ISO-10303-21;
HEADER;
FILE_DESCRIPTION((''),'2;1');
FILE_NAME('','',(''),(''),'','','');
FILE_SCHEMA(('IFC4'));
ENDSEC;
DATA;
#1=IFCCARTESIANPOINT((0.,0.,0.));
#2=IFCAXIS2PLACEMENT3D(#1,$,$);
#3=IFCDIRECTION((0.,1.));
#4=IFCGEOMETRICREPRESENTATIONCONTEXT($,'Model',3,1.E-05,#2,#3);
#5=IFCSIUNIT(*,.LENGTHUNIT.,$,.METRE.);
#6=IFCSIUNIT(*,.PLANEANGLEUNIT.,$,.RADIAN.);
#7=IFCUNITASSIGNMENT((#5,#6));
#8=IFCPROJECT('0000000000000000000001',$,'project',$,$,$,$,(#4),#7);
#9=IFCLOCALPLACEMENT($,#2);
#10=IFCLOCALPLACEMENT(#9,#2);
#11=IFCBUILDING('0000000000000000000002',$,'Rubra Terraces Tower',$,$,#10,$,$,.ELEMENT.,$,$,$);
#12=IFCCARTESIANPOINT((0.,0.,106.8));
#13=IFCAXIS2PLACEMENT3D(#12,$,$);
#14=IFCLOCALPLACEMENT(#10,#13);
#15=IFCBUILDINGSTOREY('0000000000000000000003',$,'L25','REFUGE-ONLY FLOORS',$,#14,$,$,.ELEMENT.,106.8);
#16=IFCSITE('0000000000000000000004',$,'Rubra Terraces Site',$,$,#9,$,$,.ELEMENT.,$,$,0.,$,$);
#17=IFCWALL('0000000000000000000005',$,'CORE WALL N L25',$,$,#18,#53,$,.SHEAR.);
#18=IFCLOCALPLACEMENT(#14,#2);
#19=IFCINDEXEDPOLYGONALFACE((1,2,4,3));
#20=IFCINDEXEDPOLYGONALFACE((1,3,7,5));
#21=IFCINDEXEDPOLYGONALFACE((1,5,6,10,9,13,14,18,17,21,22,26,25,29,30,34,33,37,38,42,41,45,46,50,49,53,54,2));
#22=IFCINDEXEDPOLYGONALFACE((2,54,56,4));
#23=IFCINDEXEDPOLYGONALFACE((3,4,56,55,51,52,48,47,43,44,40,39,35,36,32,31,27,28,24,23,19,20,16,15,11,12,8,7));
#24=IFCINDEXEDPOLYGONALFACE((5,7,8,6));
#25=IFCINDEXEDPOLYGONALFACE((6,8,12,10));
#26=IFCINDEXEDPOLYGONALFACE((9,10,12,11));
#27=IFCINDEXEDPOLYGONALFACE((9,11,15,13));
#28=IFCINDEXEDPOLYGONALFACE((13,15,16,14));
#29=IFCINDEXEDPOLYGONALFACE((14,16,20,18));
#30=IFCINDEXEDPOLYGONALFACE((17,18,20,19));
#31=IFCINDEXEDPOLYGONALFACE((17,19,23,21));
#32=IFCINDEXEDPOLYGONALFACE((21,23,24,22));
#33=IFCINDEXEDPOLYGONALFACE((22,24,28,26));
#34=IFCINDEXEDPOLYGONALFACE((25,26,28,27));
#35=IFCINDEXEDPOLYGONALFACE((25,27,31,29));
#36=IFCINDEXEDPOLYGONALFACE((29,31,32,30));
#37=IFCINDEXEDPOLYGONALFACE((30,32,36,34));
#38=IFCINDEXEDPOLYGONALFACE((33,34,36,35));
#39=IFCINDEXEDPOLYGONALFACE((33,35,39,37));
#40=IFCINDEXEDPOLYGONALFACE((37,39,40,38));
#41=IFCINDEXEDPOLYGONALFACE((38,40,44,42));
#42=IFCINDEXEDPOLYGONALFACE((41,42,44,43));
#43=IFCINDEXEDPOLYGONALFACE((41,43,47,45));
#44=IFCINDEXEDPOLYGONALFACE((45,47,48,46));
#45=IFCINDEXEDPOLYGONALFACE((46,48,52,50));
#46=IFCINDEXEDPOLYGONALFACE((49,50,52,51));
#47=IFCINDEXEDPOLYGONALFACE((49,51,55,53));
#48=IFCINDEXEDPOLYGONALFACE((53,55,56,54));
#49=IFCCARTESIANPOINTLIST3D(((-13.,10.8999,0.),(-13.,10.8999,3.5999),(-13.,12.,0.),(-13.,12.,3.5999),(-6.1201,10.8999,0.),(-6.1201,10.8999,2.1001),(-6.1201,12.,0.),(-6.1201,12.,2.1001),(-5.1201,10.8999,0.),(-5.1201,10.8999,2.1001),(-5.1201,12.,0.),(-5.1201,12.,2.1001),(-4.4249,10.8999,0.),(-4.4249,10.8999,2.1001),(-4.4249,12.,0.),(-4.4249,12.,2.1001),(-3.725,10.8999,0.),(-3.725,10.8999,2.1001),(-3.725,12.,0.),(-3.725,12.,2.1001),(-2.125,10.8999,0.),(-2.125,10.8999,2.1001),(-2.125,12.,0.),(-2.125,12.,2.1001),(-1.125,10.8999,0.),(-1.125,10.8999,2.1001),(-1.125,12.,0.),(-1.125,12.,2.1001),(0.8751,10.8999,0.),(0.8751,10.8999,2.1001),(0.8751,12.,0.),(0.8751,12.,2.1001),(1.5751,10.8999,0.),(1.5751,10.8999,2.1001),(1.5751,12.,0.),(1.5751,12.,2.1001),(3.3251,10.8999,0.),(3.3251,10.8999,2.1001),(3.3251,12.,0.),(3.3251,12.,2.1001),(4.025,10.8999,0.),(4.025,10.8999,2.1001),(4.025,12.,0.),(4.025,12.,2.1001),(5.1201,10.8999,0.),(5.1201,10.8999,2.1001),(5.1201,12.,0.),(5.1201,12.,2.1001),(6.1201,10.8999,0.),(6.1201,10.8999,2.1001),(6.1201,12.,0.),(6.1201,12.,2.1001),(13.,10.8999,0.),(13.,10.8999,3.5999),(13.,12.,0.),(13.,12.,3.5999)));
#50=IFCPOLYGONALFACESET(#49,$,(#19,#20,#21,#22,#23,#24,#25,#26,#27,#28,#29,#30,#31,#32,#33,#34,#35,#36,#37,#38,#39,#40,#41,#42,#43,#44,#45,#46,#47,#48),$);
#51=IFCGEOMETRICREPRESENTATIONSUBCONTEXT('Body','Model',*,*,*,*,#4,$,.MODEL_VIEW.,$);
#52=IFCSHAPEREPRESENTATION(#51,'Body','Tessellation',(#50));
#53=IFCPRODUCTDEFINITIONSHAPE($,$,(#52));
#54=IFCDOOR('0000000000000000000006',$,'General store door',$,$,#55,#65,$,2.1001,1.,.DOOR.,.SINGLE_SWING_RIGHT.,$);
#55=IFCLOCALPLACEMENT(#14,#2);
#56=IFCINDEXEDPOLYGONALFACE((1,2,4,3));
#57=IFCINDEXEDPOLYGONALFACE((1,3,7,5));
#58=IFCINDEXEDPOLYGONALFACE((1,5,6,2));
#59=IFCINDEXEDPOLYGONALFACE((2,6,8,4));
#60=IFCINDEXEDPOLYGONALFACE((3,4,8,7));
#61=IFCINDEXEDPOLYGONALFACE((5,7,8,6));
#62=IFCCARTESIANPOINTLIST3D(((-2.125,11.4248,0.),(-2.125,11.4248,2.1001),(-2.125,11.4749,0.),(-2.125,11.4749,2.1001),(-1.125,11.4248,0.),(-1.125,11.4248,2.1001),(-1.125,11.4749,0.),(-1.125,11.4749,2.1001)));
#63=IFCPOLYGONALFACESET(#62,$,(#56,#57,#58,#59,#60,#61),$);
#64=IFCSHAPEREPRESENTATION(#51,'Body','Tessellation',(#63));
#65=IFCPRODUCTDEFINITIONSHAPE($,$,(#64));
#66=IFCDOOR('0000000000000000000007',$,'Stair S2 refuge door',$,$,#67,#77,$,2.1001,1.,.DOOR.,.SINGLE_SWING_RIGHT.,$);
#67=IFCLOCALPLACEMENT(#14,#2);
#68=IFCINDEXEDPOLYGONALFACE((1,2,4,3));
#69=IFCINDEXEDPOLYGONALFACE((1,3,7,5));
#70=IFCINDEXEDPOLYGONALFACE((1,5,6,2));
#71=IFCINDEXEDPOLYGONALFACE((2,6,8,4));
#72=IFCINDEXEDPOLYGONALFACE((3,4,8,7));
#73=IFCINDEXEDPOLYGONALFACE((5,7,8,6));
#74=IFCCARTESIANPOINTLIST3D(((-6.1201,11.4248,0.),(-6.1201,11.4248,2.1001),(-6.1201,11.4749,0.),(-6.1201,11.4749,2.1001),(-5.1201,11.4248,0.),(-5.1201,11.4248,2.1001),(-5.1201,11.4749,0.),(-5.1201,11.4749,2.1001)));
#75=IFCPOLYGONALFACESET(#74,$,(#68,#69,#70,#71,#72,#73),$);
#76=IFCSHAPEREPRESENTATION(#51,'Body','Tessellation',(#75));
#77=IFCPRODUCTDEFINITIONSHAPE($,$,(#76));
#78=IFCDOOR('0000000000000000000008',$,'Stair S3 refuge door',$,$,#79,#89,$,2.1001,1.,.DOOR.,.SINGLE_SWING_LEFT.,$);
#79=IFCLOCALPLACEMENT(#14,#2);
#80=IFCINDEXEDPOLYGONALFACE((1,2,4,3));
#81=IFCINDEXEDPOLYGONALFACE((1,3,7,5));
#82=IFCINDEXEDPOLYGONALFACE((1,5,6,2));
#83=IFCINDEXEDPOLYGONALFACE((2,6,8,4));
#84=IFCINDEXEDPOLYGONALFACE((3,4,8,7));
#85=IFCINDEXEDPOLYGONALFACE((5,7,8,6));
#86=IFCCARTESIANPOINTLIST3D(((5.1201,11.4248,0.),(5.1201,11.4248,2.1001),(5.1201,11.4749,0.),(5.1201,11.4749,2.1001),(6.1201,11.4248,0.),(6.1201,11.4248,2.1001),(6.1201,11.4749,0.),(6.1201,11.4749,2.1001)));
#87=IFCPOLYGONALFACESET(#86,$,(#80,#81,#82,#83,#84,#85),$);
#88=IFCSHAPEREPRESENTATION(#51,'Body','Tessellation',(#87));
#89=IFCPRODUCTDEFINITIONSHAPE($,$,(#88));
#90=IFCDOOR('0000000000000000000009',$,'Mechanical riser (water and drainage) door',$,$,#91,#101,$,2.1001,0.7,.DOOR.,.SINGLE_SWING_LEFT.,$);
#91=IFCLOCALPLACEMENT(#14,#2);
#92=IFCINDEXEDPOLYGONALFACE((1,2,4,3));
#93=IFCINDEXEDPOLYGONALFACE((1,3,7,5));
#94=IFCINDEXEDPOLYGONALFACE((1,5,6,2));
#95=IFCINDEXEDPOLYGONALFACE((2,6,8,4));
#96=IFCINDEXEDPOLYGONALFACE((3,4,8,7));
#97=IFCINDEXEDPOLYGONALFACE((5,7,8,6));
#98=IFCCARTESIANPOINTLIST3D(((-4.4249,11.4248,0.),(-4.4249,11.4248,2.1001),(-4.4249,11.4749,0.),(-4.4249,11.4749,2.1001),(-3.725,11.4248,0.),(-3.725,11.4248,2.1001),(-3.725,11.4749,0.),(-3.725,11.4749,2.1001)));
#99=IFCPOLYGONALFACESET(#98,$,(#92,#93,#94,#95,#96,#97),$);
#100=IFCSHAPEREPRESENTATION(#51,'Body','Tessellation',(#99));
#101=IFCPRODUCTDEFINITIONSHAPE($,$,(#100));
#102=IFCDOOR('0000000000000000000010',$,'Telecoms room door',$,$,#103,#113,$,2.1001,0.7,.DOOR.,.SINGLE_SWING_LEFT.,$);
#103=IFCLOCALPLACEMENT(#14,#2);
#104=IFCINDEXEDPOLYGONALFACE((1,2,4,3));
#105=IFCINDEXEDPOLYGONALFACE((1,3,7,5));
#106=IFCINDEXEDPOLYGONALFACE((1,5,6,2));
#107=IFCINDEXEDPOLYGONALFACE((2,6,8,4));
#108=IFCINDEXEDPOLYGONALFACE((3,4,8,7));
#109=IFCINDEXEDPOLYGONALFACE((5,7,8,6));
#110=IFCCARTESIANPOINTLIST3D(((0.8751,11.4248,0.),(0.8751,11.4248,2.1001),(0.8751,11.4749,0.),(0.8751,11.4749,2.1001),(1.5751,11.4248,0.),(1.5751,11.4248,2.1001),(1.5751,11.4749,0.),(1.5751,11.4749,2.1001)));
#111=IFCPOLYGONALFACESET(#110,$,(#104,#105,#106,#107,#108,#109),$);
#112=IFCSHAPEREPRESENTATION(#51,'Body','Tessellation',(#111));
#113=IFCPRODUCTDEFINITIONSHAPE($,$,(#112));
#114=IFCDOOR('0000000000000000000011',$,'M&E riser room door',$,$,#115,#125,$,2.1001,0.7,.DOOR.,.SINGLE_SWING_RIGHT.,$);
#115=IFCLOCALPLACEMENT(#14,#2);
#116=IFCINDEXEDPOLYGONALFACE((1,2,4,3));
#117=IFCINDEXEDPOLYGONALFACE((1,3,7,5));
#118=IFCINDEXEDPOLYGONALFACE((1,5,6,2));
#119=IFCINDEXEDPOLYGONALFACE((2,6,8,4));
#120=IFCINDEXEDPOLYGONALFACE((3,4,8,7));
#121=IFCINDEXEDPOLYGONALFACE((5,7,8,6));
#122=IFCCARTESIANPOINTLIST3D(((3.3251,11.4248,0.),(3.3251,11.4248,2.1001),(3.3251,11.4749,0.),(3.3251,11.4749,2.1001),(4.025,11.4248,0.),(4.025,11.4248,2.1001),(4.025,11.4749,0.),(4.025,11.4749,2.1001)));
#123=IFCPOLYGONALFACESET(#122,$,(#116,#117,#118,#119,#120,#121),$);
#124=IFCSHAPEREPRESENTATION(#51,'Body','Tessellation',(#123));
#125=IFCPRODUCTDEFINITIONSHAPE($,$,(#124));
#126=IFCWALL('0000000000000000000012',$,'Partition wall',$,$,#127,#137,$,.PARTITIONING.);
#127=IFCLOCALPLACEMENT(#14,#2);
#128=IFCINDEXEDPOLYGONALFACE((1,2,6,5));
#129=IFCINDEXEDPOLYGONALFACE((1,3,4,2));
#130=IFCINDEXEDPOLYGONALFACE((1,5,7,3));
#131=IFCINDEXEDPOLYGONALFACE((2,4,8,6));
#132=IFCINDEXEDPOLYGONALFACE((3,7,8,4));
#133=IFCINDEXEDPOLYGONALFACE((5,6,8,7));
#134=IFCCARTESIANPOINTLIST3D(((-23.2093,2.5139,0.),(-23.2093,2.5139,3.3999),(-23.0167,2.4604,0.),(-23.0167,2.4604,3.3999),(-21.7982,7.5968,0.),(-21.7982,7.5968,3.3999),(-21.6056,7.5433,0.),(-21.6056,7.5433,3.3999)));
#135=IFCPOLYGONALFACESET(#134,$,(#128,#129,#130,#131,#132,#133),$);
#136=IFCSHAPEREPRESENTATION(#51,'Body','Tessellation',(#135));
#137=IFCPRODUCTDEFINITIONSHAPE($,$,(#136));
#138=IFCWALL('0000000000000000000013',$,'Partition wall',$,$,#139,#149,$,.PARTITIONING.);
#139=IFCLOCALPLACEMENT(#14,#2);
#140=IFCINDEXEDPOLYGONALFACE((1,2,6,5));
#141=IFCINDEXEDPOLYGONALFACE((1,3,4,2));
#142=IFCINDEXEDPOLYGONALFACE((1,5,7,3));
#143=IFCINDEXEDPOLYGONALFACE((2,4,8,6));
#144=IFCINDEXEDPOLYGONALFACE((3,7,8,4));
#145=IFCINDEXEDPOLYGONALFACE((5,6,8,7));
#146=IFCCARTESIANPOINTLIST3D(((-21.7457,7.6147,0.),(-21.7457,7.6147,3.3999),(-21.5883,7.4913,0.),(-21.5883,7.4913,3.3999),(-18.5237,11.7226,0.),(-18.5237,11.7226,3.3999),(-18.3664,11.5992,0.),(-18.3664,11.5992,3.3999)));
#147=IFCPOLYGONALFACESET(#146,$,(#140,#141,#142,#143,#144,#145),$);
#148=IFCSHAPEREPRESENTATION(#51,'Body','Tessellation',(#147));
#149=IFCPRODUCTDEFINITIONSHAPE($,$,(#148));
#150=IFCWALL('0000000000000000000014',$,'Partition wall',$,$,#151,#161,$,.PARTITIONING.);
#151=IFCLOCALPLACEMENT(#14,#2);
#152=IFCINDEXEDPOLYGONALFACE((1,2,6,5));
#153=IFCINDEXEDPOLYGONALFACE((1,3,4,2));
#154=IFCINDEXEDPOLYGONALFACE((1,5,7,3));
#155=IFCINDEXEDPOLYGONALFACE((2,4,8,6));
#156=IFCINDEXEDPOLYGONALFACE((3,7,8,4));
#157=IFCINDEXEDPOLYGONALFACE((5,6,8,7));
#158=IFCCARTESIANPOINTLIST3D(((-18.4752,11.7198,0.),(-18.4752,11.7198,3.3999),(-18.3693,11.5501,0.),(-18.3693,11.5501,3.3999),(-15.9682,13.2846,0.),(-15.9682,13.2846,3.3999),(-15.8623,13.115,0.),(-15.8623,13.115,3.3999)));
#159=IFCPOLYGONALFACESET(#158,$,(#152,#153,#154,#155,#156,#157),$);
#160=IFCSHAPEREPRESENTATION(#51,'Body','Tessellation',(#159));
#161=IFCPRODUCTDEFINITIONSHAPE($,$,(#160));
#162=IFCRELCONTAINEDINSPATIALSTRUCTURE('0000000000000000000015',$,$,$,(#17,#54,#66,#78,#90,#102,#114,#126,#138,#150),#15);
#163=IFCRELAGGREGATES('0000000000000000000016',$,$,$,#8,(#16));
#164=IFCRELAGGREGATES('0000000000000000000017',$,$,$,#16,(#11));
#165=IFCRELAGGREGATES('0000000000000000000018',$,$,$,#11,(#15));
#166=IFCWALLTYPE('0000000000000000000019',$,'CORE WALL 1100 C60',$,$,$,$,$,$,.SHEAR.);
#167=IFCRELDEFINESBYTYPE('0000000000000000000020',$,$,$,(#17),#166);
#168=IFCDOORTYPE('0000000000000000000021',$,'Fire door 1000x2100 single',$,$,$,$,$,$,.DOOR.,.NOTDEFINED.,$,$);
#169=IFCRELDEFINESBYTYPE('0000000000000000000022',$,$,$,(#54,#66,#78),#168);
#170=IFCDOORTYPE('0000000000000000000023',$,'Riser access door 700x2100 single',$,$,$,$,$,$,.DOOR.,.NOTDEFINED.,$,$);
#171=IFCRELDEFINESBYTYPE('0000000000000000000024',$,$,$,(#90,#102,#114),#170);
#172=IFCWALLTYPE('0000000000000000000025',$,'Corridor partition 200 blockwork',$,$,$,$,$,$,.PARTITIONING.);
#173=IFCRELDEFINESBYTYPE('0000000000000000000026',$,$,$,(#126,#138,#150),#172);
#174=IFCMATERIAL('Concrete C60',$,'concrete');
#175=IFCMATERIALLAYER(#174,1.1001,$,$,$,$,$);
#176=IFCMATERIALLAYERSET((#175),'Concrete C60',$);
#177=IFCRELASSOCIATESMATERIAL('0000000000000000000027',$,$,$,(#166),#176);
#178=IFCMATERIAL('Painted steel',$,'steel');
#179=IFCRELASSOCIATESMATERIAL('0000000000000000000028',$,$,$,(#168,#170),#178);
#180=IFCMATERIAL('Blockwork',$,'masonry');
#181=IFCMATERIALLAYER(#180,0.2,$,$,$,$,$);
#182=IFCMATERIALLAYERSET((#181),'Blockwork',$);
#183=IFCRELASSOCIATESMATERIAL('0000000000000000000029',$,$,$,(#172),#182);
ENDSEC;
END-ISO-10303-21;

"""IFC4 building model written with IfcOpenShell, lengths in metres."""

from ifc_helpers import new_model, si_unit, direction, frame, frame_2d, origin, place, context, subcontext, project, spatial, rectangle, extrude, material, layer, layer_set, type_object, element, fill, save


model = new_model("IFC4")

# Units and contexts
model_context = context("Model", 3, precision=1e-05, world=origin(), true_north=direction((0.0, 1.0)))
body_context = subcontext(model_context, "Body", "Model", "MODEL_VIEW")
ifc_project = project(units=[si_unit("LENGTHUNIT", "METRE"), si_unit("PLANEANGLEUNIT", "RADIAN")], contexts=[model_context])

# Site, building, storey
site_placement = place(None, origin())
site = spatial("IfcSite", under=ifc_project, at=site_placement, Name="Rubra Terraces Site", CompositionType="ELEMENT", RefElevation=0.0)
building_placement = place(site_placement, origin())
building = spatial("IfcBuilding", under=site, at=building_placement, Name="Rubra Terraces Tower", CompositionType="ELEMENT")
storey_placement = place(building_placement, frame((0.0, 0.0, 106.8)))
storey = spatial("IfcBuildingStorey", under=building, at=storey_placement, Name="L25", Description="REFUGE-ONLY FLOORS", CompositionType="ELEMENT", Elevation=106.8)

# Shared definitions
ifc_material_1 = material(Name="Concrete C60", Category="concrete")

# Wall, openings, doors
ifc_layer_1 = layer(ifc_material_1, 1.1001)
ifc_layer_set_1 = layer_set([ifc_layer_1], Name="Concrete C60")
wall_type_1 = type_object("IfcWallType", Name="CORE WALL 1100 C60", PredefinedType="SHEAR", material=ifc_layer_set_1)
wall_1_placement = place(storey_placement, frame((-13.0, 11.45, 0.0), z_axis=(0.0, 0.0, 1.0), x_axis=(1.0, 0.0, 0.0)))
wall_1 = element("IfcWall", 1, at=wall_1_placement, inside=storey, type_object=wall_type_1, Name="CORE WALL N L25", PredefinedType="SHEAR", context=body_context, shape_type="SweptSolid", body=[
    extrude(rectangle(XDim=26.0, YDim=1.1001, at=frame_2d((13.0, 0.0))), origin(), (0.0, 0.0, 1.0), 3.5999),
])
opening_1_placement = place(wall_1_placement, frame((8.575, 0.0, 0.0)))
opening_1 = element("IfcOpeningElement", 2, at=opening_1_placement, cuts=wall_1, PredefinedType="OPENING", context=body_context, shape_type="SweptSolid", body=[
    extrude(rectangle(XDim=0.7, YDim=2.1001, at=frame_2d((0.3501, 1.05))), frame((0.0, 0.5601, 0.0), z_axis=(0.0, -1.0, 0.0), x_axis=(1.0, 0.0, 0.0)), (0.0, 0.0, 1.0), 1.1201),
])
opening_2_placement = place(wall_1_placement, frame((10.875, 0.0, 0.0)))
opening_2 = element("IfcOpeningElement", 3, at=opening_2_placement, cuts=wall_1, PredefinedType="OPENING", context=body_context, shape_type="SweptSolid", body=[
    extrude(rectangle(XDim=1.0, YDim=2.1001, at=frame_2d((0.5, 1.05))), frame((0.0, 0.5601, 0.0), z_axis=(0.0, -1.0, 0.0), x_axis=(1.0, 0.0, 0.0)), (0.0, 0.0, 1.0), 1.1201),
])
opening_3_placement = place(wall_1_placement, frame((13.875, 0.0, 0.0)))
opening_3 = element("IfcOpeningElement", 4, at=opening_3_placement, cuts=wall_1, PredefinedType="OPENING", context=body_context, shape_type="SweptSolid", body=[
    extrude(rectangle(XDim=0.7, YDim=2.1001, at=frame_2d((0.3501, 1.05))), frame((0.0, 0.5601, 0.0), z_axis=(0.0, -1.0, 0.0), x_axis=(1.0, 0.0, 0.0)), (0.0, 0.0, 1.0), 1.1201),
])
opening_4_placement = place(wall_1_placement, frame((16.325, 0.0, 0.0)))
opening_4 = element("IfcOpeningElement", 5, at=opening_4_placement, cuts=wall_1, PredefinedType="OPENING", context=body_context, shape_type="SweptSolid", body=[
    extrude(rectangle(XDim=0.7, YDim=2.1001, at=frame_2d((0.3501, 1.05))), frame((0.0, 0.5601, 0.0), z_axis=(0.0, -1.0, 0.0), x_axis=(1.0, 0.0, 0.0)), (0.0, 0.0, 1.0), 1.1201),
])
opening_5_placement = place(wall_1_placement, frame((6.8799, 0.0, 0.0)))
opening_5 = element("IfcOpeningElement", 6, at=opening_5_placement, cuts=wall_1, PredefinedType="OPENING", context=body_context, shape_type="SweptSolid", body=[
    extrude(rectangle(XDim=1.0, YDim=2.1001, at=frame_2d((0.5, 1.05))), frame((0.0, 0.5601, 0.0), z_axis=(0.0, -1.0, 0.0), x_axis=(1.0, 0.0, 0.0)), (0.0, 0.0, 1.0), 1.1201),
])
opening_6_placement = place(wall_1_placement, frame((18.1201, 0.0, 0.0)))
opening_6 = element("IfcOpeningElement", 7, at=opening_6_placement, cuts=wall_1, PredefinedType="OPENING", context=body_context, shape_type="SweptSolid", body=[
    extrude(rectangle(XDim=1.0, YDim=2.1001, at=frame_2d((0.5, 1.05))), frame((0.0, 0.5601, 0.0), z_axis=(0.0, -1.0, 0.0), x_axis=(1.0, 0.0, 0.0)), (0.0, 0.0, 1.0), 1.1201),
])
ifc_material_2 = material(Name="Painted steel", Category="steel")
door_type_1 = type_object("IfcDoorType", Name="Fire door 1000x2100 single", OperationType="NOTDEFINED", PredefinedType="DOOR", material=ifc_material_2)
door_1_placement = place(opening_2_placement, origin())
door_1 = element("IfcDoor", 8, at=door_1_placement, inside=storey, type_object=door_type_1, Name="General store door", OperationType="SINGLE_SWING_RIGHT", OverallHeight=2.1001, OverallWidth=1.0, PredefinedType="DOOR", context=body_context, shape_type="SweptSolid", body=[
    extrude(rectangle(XDim=1.0, YDim=2.1001, at=frame_2d((0.5, 1.05))), frame((0.0, 0.0249, 0.0), z_axis=(0.0, -1.0, 0.0), x_axis=(1.0, 0.0, 0.0)), (0.0, 0.0, 1.0), 0.05),
])
fill(opening_2, door_1)
door_2_placement = place(opening_5_placement, origin())
door_2 = element("IfcDoor", 9, at=door_2_placement, inside=storey, type_object=door_type_1, Name="Stair S2 refuge door", OperationType="SINGLE_SWING_RIGHT", OverallHeight=2.1001, OverallWidth=1.0, PredefinedType="DOOR", context=body_context, shape_type="SweptSolid", body=[
    extrude(rectangle(XDim=1.0, YDim=2.1001, at=frame_2d((0.5, 1.05))), frame((0.0, 0.0249, 0.0), z_axis=(0.0, -1.0, 0.0), x_axis=(1.0, 0.0, 0.0)), (0.0, 0.0, 1.0), 0.05),
])
fill(opening_5, door_2)
door_3_placement = place(opening_6_placement, origin())
door_3 = element("IfcDoor", 10, at=door_3_placement, inside=storey, type_object=door_type_1, Name="Stair S3 refuge door", OperationType="SINGLE_SWING_LEFT", OverallHeight=2.1001, OverallWidth=1.0, PredefinedType="DOOR", context=body_context, shape_type="SweptSolid", body=[
    extrude(rectangle(XDim=1.0, YDim=2.1001, at=frame_2d((0.5, 1.05))), frame((0.0, 0.0249, 0.0), z_axis=(0.0, -1.0, 0.0), x_axis=(1.0, 0.0, 0.0)), (0.0, 0.0, 1.0), 0.05),
])
fill(opening_6, door_3)
door_type_2 = type_object("IfcDoorType", Name="Riser access door 700x2100 single", OperationType="NOTDEFINED", PredefinedType="DOOR", material=ifc_material_2)
door_4_placement = place(opening_1_placement, origin())
door_4 = element("IfcDoor", 11, at=door_4_placement, inside=storey, type_object=door_type_2, Name="Mechanical riser (water and drainage) door", OperationType="SINGLE_SWING_LEFT", OverallHeight=2.1001, OverallWidth=0.7, PredefinedType="DOOR", context=body_context, shape_type="SweptSolid", body=[
    extrude(rectangle(XDim=0.7, YDim=2.1001, at=frame_2d((0.3501, 1.05))), frame((0.0, 0.0249, 0.0), z_axis=(0.0, -1.0, 0.0), x_axis=(1.0, 0.0, 0.0)), (0.0, 0.0, 1.0), 0.05),
])
fill(opening_1, door_4)
door_5_placement = place(opening_3_placement, origin())
door_5 = element("IfcDoor", 12, at=door_5_placement, inside=storey, type_object=door_type_2, Name="Telecoms room door", OperationType="SINGLE_SWING_LEFT", OverallHeight=2.1001, OverallWidth=0.7, PredefinedType="DOOR", context=body_context, shape_type="SweptSolid", body=[
    extrude(rectangle(XDim=0.7, YDim=2.1001, at=frame_2d((0.3501, 1.05))), frame((0.0, 0.0249, 0.0), z_axis=(0.0, -1.0, 0.0), x_axis=(1.0, 0.0, 0.0)), (0.0, 0.0, 1.0), 0.05),
])
fill(opening_3, door_5)
door_6_placement = place(opening_4_placement, origin())
door_6 = element("IfcDoor", 13, at=door_6_placement, inside=storey, type_object=door_type_2, Name="M&E riser room door", OperationType="SINGLE_SWING_RIGHT", OverallHeight=2.1001, OverallWidth=0.7, PredefinedType="DOOR", context=body_context, shape_type="SweptSolid", body=[
    extrude(rectangle(XDim=0.7, YDim=2.1001, at=frame_2d((0.3501, 1.05))), frame((0.0, 0.0249, 0.0), z_axis=(0.0, -1.0, 0.0), x_axis=(1.0, 0.0, 0.0)), (0.0, 0.0, 1.0), 0.05),
])
fill(opening_4, door_6)

# Walls
ifc_material_3 = material(Name="Blockwork", Category="masonry")
ifc_layer_2 = layer(ifc_material_3, 0.2)
ifc_layer_set_2 = layer_set([ifc_layer_2], Name="Blockwork")
wall_type_2 = type_object("IfcWallType", Name="Corridor partition 200 blockwork", PredefinedType="PARTITIONING", material=ifc_layer_set_2)
wall_2_placement = place(storey_placement, frame((-23.113, 2.4871, 0.0), z_axis=(0.0, 0.0, 1.0), x_axis=(0.267501, 0.963558, 0.0)))
element("IfcWall", 14, at=wall_2_placement, inside=storey, type_object=wall_type_2, Name="Partition wall", PredefinedType="PARTITIONING", context=body_context, shape_type="SweptSolid", body=[
    extrude(rectangle(XDim=5.2751, YDim=0.2, at=frame_2d((2.6377, 0.0))), origin(), (0.0, 0.0, 1.0), 3.3999),
])
wall_3_placement = place(storey_placement, frame((-21.667, 7.553, 0.0), z_axis=(0.0, 0.0, 1.0), x_axis=(0.617144, 0.78685, 0.0)))
element("IfcWall", 15, at=wall_3_placement, inside=storey, type_object=wall_type_2, Name="Partition wall", PredefinedType="PARTITIONING", context=body_context, shape_type="SweptSolid", body=[
    extrude(rectangle(XDim=5.2207, YDim=0.2, at=frame_2d((2.6104, 0.0))), origin(), (0.0, 0.0, 1.0), 3.3999),
])
wall_4_placement = place(storey_placement, frame((-18.4221, 11.635, 0.0), z_axis=(0.0, 0.0, 1.0), x_axis=(0.8483, 0.529516, 0.0)))
element("IfcWall", 16, at=wall_4_placement, inside=storey, type_object=wall_type_2, Name="Partition wall", PredefinedType="PARTITIONING", context=body_context, shape_type="SweptSolid", body=[
    extrude(rectangle(XDim=2.9553, YDim=0.2, at=frame_2d((1.4775, 0.0))), origin(), (0.0, 0.0, 1.0), 3.3999),
])

save(model, "model.ifc")
